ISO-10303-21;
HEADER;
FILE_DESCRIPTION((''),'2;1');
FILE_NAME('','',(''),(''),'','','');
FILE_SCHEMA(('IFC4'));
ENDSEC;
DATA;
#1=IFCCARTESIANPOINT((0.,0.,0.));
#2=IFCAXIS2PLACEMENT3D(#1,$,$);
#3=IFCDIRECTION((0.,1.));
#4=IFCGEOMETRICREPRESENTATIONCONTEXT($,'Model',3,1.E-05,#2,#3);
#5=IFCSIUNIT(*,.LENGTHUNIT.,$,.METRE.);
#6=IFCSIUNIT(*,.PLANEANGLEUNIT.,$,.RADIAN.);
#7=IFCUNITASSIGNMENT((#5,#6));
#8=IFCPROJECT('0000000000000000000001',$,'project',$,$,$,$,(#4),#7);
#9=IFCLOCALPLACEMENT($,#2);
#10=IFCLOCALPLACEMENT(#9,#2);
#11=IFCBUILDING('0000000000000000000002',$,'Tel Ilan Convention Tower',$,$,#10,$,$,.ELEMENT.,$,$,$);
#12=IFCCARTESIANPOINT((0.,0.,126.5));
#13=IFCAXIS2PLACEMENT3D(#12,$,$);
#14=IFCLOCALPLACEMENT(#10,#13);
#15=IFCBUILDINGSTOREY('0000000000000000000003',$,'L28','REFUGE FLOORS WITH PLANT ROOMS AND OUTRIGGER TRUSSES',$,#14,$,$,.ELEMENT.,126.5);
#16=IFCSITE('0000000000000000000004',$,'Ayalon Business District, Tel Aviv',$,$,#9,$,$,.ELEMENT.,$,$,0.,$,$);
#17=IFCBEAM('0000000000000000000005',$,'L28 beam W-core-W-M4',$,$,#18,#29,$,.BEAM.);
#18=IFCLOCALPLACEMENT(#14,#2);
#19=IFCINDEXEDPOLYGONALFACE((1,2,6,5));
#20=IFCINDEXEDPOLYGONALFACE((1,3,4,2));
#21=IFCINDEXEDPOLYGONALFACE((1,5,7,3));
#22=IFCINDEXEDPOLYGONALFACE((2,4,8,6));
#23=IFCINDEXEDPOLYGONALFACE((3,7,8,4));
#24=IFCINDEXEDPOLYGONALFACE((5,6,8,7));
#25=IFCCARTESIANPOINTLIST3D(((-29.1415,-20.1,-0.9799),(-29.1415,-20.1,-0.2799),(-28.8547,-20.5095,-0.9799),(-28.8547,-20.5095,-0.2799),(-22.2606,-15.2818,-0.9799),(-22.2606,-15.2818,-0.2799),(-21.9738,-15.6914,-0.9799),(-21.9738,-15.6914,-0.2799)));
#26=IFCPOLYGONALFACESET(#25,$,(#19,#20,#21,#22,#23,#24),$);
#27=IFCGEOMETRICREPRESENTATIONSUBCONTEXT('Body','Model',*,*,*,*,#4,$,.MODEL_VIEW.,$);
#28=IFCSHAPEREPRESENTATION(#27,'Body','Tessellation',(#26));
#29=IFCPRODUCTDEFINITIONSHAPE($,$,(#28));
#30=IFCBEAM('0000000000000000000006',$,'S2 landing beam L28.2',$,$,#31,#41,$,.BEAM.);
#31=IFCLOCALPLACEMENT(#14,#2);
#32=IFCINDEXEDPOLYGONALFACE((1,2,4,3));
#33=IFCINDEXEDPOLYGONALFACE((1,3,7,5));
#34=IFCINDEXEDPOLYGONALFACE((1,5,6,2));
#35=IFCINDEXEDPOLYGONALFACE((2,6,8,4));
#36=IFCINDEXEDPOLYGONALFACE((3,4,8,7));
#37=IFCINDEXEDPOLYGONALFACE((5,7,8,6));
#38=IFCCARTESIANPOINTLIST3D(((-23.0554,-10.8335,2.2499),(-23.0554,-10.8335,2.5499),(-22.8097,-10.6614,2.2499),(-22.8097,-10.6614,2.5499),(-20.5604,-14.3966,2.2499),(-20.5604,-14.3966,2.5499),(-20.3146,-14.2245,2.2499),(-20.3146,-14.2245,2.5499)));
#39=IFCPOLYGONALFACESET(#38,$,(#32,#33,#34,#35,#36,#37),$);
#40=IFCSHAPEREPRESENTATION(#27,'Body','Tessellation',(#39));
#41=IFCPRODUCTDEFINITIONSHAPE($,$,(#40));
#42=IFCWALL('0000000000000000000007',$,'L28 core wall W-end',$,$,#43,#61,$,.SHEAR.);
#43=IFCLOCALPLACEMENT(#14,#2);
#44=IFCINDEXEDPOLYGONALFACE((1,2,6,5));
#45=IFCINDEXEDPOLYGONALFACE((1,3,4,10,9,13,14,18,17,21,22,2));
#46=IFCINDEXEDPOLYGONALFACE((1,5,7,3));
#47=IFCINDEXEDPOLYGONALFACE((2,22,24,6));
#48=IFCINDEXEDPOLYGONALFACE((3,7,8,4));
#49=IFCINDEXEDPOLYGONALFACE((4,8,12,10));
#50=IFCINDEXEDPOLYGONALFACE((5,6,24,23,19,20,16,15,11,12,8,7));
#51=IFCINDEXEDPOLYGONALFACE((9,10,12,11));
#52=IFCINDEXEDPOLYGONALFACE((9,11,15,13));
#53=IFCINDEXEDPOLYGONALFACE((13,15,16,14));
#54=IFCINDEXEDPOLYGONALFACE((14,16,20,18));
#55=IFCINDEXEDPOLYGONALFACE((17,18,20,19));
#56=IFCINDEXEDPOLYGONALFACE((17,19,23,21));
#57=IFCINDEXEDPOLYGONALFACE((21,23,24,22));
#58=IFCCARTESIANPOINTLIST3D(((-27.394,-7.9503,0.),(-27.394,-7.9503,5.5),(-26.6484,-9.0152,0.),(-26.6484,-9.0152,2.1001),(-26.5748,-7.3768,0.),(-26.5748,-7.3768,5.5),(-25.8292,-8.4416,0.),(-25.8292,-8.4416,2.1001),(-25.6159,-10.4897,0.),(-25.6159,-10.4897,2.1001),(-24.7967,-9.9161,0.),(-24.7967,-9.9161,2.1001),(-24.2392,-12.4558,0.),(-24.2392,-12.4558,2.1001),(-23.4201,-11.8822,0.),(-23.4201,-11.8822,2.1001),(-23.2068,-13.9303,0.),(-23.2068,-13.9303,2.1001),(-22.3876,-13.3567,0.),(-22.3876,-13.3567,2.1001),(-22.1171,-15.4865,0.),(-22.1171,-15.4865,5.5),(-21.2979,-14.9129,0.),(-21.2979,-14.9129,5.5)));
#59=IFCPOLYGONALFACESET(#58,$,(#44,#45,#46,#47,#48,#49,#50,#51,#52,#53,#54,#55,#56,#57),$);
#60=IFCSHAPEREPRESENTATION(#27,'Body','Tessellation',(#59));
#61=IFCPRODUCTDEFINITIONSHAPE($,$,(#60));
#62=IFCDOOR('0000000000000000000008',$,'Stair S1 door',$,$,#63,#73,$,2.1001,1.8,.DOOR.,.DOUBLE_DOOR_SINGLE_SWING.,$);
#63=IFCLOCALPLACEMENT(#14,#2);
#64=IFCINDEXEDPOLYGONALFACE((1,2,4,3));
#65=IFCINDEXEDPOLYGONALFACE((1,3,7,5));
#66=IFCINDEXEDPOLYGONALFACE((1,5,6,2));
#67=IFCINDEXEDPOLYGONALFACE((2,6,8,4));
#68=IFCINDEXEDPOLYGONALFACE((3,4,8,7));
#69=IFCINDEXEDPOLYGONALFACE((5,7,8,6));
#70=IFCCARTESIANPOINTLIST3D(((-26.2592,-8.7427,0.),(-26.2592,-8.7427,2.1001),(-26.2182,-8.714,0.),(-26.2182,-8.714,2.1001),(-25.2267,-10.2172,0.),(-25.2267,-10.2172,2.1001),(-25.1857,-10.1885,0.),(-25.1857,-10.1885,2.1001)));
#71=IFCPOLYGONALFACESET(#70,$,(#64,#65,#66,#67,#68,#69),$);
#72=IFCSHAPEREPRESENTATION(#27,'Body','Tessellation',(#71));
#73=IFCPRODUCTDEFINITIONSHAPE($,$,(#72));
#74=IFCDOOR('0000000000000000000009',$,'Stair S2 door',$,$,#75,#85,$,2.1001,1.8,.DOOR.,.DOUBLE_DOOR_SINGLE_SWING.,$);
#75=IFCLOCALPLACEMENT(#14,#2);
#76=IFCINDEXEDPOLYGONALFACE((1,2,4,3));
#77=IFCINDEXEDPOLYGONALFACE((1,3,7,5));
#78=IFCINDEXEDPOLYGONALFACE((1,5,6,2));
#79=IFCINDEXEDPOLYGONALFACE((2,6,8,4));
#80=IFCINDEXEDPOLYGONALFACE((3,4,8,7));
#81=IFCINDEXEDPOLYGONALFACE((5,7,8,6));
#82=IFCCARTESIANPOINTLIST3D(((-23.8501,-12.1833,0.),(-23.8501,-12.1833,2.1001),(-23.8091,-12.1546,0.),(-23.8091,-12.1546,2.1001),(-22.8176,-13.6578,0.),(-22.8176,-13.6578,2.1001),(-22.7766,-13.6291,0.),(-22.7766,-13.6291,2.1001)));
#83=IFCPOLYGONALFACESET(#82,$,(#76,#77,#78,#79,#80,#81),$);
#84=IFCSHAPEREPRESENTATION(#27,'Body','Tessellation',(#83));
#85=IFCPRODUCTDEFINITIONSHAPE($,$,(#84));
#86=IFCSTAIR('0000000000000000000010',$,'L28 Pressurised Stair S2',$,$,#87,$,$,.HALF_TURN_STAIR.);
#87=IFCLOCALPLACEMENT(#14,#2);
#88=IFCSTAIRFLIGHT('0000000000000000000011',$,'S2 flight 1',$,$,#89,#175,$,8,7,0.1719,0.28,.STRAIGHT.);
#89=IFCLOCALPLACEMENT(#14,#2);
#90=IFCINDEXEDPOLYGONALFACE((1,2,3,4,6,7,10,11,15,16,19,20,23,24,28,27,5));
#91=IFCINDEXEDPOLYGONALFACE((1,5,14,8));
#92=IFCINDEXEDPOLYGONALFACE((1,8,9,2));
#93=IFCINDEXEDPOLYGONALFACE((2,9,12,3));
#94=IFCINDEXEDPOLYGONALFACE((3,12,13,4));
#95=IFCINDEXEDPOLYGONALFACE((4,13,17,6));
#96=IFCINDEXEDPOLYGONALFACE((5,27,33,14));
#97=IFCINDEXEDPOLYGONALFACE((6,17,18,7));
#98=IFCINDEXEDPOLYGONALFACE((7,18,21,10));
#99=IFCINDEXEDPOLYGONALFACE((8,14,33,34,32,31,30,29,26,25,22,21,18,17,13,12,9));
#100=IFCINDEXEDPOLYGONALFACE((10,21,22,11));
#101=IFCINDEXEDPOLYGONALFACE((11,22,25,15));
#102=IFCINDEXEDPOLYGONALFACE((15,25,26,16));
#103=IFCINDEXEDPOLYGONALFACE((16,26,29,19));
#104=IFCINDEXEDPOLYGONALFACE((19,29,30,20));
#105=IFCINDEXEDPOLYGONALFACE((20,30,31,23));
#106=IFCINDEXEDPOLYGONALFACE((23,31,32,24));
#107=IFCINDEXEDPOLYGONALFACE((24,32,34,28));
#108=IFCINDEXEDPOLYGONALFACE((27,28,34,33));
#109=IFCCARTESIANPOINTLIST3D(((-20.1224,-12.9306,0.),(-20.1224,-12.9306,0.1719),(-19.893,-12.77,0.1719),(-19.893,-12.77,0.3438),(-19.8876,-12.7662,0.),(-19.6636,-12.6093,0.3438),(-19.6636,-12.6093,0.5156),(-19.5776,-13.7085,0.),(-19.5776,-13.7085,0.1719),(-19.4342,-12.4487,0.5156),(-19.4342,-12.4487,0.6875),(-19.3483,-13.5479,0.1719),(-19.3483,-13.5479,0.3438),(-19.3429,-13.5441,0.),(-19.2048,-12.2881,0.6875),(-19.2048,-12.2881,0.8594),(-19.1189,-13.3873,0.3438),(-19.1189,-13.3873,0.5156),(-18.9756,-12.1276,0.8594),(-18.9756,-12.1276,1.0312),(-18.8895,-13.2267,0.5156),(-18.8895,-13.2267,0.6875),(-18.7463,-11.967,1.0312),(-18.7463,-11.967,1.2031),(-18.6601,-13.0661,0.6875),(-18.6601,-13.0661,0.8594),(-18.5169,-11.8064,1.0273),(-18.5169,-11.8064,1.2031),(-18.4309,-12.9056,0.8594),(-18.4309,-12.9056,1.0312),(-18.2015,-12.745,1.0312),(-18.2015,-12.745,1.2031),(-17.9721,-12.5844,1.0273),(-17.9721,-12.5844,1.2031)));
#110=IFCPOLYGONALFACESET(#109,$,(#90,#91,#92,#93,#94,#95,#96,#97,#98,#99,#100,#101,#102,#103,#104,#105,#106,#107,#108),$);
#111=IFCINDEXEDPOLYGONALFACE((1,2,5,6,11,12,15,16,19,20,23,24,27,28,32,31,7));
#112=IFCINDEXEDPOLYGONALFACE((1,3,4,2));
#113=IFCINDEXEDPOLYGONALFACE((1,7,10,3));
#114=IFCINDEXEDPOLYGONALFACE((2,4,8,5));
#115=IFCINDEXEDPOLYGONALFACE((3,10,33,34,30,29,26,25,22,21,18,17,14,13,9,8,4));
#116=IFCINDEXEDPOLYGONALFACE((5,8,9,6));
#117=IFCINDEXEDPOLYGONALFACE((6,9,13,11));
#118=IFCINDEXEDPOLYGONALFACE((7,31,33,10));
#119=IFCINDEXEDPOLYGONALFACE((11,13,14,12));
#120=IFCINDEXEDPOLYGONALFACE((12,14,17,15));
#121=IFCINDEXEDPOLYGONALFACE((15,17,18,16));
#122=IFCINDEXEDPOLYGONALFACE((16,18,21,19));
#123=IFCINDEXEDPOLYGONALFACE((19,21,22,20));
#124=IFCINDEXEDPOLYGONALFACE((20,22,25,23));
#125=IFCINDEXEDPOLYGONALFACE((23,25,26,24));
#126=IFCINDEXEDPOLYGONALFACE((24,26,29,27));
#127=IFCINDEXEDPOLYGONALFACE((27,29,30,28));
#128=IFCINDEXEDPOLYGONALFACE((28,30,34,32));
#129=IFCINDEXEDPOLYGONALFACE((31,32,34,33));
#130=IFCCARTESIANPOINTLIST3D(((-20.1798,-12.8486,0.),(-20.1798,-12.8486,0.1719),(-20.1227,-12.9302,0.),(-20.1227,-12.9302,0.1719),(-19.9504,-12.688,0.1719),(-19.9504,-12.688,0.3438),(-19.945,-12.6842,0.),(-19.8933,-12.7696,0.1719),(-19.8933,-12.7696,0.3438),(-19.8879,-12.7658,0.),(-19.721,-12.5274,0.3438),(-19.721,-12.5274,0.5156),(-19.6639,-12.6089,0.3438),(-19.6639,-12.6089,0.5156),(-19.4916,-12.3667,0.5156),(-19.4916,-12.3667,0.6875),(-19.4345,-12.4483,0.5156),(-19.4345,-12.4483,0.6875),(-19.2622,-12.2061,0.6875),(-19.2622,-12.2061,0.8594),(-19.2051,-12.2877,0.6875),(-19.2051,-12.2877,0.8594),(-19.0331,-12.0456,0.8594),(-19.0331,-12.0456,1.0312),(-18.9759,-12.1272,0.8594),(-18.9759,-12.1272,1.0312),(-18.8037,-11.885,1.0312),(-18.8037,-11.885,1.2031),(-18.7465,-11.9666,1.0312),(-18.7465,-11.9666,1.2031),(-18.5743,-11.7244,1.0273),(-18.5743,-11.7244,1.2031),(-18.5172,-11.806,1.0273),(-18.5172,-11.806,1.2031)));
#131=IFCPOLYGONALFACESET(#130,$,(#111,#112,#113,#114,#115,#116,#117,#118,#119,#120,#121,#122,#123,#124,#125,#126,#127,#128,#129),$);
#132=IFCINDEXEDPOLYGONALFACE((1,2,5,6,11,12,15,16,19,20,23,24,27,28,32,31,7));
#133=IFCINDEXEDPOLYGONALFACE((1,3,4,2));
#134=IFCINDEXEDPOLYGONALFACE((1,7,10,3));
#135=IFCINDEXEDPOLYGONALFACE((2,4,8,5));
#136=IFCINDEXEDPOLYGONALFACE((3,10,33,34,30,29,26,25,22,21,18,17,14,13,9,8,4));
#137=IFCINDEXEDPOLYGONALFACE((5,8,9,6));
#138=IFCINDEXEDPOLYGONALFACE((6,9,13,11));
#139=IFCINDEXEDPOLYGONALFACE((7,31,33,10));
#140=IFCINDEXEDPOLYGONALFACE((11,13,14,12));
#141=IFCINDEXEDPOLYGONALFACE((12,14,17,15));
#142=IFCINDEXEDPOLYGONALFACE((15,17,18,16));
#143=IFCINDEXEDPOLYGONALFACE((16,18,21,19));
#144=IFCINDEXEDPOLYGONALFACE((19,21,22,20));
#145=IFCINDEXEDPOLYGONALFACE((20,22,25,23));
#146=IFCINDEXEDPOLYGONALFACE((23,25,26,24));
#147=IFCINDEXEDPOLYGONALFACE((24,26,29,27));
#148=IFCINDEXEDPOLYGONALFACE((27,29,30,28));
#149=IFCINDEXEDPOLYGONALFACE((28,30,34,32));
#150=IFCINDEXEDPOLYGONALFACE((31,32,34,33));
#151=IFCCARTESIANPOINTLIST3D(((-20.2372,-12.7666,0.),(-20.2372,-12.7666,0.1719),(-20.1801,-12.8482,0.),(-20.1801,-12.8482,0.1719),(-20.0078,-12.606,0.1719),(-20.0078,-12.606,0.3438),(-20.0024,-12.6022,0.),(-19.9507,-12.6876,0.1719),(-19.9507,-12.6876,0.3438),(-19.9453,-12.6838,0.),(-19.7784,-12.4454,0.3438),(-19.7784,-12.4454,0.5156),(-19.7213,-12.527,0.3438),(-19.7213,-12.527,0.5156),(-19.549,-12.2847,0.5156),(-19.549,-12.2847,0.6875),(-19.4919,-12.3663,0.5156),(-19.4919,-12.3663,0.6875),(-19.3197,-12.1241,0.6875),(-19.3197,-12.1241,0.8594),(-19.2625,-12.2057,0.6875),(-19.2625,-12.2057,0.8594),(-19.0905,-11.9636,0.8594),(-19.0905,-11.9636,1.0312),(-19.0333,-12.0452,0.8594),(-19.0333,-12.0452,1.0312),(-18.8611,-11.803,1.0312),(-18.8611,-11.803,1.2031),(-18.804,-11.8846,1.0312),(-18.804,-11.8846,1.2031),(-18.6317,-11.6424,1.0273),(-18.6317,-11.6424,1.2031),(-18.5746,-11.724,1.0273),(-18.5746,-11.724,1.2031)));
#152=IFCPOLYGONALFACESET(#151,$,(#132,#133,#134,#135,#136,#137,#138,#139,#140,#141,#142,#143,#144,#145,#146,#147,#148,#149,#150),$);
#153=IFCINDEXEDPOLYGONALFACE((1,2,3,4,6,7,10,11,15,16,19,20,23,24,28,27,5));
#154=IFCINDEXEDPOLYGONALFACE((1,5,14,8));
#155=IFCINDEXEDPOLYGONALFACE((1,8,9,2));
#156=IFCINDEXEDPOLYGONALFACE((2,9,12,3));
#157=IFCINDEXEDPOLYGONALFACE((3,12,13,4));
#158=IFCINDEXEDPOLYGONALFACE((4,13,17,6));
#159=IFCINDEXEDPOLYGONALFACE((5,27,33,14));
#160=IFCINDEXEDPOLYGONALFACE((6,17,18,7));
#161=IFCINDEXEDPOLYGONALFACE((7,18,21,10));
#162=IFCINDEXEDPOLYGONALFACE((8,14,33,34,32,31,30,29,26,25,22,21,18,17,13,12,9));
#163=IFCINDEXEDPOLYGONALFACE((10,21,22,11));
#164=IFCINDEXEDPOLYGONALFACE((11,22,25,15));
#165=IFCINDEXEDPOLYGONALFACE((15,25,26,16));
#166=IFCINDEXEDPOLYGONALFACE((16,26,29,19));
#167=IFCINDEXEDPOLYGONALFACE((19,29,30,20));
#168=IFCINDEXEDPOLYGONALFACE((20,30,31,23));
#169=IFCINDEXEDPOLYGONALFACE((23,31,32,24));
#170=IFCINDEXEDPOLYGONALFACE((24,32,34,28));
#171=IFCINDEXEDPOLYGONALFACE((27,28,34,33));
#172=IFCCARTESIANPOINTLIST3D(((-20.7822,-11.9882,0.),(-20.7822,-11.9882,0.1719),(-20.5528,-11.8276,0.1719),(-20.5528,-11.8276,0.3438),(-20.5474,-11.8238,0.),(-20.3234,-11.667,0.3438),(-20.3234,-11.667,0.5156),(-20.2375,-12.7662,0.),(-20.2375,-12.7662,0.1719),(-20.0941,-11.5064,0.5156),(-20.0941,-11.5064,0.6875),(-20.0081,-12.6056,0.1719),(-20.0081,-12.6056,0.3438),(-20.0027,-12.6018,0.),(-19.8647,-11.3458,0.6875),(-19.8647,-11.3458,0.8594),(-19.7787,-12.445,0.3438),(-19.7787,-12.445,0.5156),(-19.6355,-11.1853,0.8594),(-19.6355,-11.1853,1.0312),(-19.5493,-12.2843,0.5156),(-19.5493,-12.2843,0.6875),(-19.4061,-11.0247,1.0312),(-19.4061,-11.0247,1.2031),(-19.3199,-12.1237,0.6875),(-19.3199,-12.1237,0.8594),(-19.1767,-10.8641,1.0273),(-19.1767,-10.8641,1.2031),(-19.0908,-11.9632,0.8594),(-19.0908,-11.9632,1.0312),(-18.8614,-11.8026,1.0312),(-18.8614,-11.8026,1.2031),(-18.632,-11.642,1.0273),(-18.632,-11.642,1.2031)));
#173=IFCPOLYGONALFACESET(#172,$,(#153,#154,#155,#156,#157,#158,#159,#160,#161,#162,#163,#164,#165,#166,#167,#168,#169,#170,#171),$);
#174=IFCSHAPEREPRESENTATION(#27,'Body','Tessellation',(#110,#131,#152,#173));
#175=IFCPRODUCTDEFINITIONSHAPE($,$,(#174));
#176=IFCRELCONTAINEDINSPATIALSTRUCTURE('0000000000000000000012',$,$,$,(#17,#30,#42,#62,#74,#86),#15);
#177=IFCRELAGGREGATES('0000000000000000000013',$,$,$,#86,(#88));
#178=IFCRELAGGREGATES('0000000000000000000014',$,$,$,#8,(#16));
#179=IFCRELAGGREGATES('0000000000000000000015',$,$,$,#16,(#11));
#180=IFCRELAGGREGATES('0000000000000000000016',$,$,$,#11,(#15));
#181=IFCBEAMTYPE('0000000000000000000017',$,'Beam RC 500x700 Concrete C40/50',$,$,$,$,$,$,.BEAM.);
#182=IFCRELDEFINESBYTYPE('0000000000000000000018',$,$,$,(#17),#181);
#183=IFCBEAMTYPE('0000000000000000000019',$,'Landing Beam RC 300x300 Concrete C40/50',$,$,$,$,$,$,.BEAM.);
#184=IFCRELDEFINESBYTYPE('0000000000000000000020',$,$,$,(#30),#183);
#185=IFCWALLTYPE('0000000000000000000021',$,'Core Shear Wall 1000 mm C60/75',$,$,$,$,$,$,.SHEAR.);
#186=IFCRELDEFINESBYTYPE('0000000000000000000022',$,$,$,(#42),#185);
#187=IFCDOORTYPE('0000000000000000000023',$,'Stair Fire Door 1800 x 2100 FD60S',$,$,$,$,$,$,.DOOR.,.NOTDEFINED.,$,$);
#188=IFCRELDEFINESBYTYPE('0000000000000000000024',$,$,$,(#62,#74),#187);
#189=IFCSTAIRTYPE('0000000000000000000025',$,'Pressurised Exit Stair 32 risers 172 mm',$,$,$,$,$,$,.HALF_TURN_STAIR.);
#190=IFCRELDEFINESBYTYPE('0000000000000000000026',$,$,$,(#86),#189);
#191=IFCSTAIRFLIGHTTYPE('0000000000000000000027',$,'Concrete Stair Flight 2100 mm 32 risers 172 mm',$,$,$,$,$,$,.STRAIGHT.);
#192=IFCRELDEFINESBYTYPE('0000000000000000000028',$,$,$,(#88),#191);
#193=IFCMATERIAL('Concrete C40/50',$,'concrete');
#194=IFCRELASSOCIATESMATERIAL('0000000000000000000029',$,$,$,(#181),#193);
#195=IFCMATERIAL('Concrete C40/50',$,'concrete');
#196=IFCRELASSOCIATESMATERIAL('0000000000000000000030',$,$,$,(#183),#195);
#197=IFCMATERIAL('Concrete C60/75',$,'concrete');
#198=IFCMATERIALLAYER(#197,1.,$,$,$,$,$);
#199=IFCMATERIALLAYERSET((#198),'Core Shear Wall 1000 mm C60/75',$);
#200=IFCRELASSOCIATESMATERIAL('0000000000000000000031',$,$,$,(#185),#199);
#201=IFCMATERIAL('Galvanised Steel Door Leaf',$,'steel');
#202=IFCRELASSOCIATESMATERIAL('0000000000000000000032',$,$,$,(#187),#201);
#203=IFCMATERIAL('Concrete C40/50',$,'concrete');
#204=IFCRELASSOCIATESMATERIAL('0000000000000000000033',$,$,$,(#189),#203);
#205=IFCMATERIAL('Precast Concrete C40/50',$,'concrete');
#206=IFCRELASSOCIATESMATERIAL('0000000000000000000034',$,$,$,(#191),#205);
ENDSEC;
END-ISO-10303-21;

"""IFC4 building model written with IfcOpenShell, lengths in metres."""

from ifc_helpers import new_model, si_unit, direction, frame, frame_2d, origin, origin_2d, place, context, subcontext, project, spatial, polyline, rectangle, outline, extrude, material, layer, layer_set, material_profile, profile_set, type_object, element, fill, aggregate, save


model = new_model("IFC4")

# Units and contexts
model_context = context("Model", 3, precision=1e-05, world=origin(), true_north=direction((0.0, 1.0)))
body_context = subcontext(model_context, "Body", "Model", "MODEL_VIEW")
ifc_project = project(units=[si_unit("LENGTHUNIT", "METRE"), si_unit("PLANEANGLEUNIT", "RADIAN")], contexts=[model_context])

# Site, building, storey
site_placement = place(None, origin())
site = spatial("IfcSite", under=ifc_project, at=site_placement, Name="Ayalon Business District, Tel Aviv", CompositionType="ELEMENT", RefElevation=0.0)
building_placement = place(site_placement, origin())
building = spatial("IfcBuilding", under=site, at=building_placement, Name="Tel Ilan Convention Tower", CompositionType="ELEMENT")
storey_placement = place(building_placement, frame((0.0, 0.0, 126.5)))
storey = spatial("IfcBuildingStorey", under=building, at=storey_placement, Name="L28", Description="REFUGE FLOORS WITH PLANT ROOMS AND OUTRIGGER TRUSSES", CompositionType="ELEMENT", Elevation=126.5)

# Beams
ifc_material_1 = material(Name="Concrete C40/50", Category="concrete")
ifc_material_profile_1 = material_profile(ifc_material_1, rectangle(XDim=0.5, YDim=0.7, at=origin_2d()), Name="RC 500x700")
ifc_profile_set_1 = profile_set([ifc_material_profile_1], Name="Concrete C40/50")
beam_type_1 = type_object("IfcBeamType", Name="Beam RC 500x700 Concrete C40/50", PredefinedType="BEAM", material=ifc_profile_set_1)
beam_1_placement = place(storey_placement, frame((-22.1172, -15.4866, -0.6299), z_axis=(-0.819147, -0.573583, 0.0), x_axis=(0.573583, -0.819147, 0.0)))
element("IfcBeam", 1, at=beam_1_placement, inside=storey, type_object=beam_type_1, Name="L28 beam W-core-W-M4", PredefinedType="BEAM", context=body_context, shape_type="SweptSolid", body=[
    extrude(rectangle(XDim=0.5, YDim=0.7, at=origin_2d()), origin(), (0.0, 0.0, 1.0), 8.4001),
])
ifc_material_2 = material(Name="Concrete C40/50", Category="concrete")
ifc_material_profile_2 = material_profile(ifc_material_2, rectangle(XDim=0.3, YDim=0.3, at=origin_2d()), Name="RC 300x300")
ifc_profile_set_2 = profile_set([ifc_material_profile_2], Name="Concrete C40/50")
beam_type_2 = type_object("IfcBeamType", Name="Landing Beam RC 300x300 Concrete C40/50", PredefinedType="BEAM", material=ifc_profile_set_2)
beam_2_placement = place(storey_placement, frame((-20.4375, -14.3105, 2.3999), z_axis=(-0.573594, 0.81914, 0.0), x_axis=(-0.81914, -0.573594, 0.0)))
element("IfcBeam", 2, at=beam_2_placement, inside=storey, type_object=beam_type_2, Name="S2 landing beam L28.2", PredefinedType="BEAM", context=body_context, shape_type="SweptSolid", body=[
    extrude(rectangle(XDim=0.3, YDim=0.3, at=origin_2d()), origin(), (0.0, 0.0, 1.0), 4.3499),
])

# Wall, openings, doors
ifc_material_3 = material(Name="Concrete C60/75", Category="concrete")
ifc_layer_1 = layer(ifc_material_3, 1.0)
ifc_layer_set_1 = layer_set([ifc_layer_1], Name="Core Shear Wall 1000 mm C60/75")
wall_type = type_object("IfcWallType", Name="Core Shear Wall 1000 mm C60/75", PredefinedType="SHEAR", material=ifc_layer_set_1)
wall_placement = place(storey_placement, frame((-21.7075, -15.1997, 0.0), z_axis=(0.0, 0.0, 1.0), x_axis=(-0.573576, 0.819152, 0.0)))
wall = element("IfcWall", 3, at=wall_placement, inside=storey, type_object=wall_type, Name="L28 core wall W-end", PredefinedType="SHEAR", context=body_context, shape_type="SweptSolid", body=[
    extrude(outline(polyline([(0.0, 0.5), (0.0, -0.5), (9.2, -0.5), (9.2, 0.5), (0.0, 0.5)])), origin(), (0.0, 0.0, 1.0), 5.5),
])
opening_1_placement = place(wall_placement, frame((6.1001, 0.0, 0.0)))
opening_1 = element("IfcOpeningElement", 4, at=opening_1_placement, cuts=wall, PredefinedType="OPENING", context=body_context, shape_type="SweptSolid", body=[
    extrude(rectangle(XDim=1.8, YDim=2.1001, at=frame_2d((0.8999, 1.05))), frame((0.0, 0.51, 0.0), z_axis=(0.0, -1.0, 0.0), x_axis=(1.0, 0.0, 0.0)), (0.0, 0.0, 1.0), 1.02),
])
opening_2_placement = place(wall_placement, frame((1.8999, 0.0, 0.0)))
opening_2 = element("IfcOpeningElement", 5, at=opening_2_placement, cuts=wall, PredefinedType="OPENING", context=body_context, shape_type="SweptSolid", body=[
    extrude(rectangle(XDim=1.8, YDim=2.1001, at=frame_2d((0.8999, 1.05))), frame((0.0, 0.51, 0.0), z_axis=(0.0, -1.0, 0.0), x_axis=(1.0, 0.0, 0.0)), (0.0, 0.0, 1.0), 1.02),
])
ifc_material_4 = material(Name="Galvanised Steel Door Leaf", Category="steel")
door_type = type_object("IfcDoorType", Name="Stair Fire Door 1800 x 2100 FD60S", OperationType="NOTDEFINED", PredefinedType="DOOR", material=ifc_material_4)
door_1_placement = place(opening_1_placement, origin())
door_1 = element("IfcDoor", 6, at=door_1_placement, inside=storey, type_object=door_type, Name="Stair S1 door", OperationType="DOUBLE_DOOR_SINGLE_SWING", OverallHeight=2.1001, OverallWidth=1.8, PredefinedType="DOOR", context=body_context, shape_type="SweptSolid", body=[
    extrude(rectangle(XDim=1.8, YDim=2.1001, at=frame_2d((0.8999, 1.05))), frame((0.0, 0.0249, 0.0), z_axis=(0.0, -1.0, 0.0), x_axis=(1.0, 0.0, 0.0)), (0.0, 0.0, 1.0), 0.05),
])
fill(opening_1, door_1)
door_2_placement = place(opening_2_placement, origin())
door_2 = element("IfcDoor", 7, at=door_2_placement, inside=storey, type_object=door_type, Name="Stair S2 door", OperationType="DOUBLE_DOOR_SINGLE_SWING", OverallHeight=2.1001, OverallWidth=1.8, PredefinedType="DOOR", context=body_context, shape_type="SweptSolid", body=[
    extrude(rectangle(XDim=1.8, YDim=2.1001, at=frame_2d((0.8999, 1.05))), frame((0.0, 0.0249, 0.0), z_axis=(0.0, -1.0, 0.0), x_axis=(1.0, 0.0, 0.0)), (0.0, 0.0, 1.0), 0.05),
])
fill(opening_2, door_2)

# Stair, stair flight
ifc_material_5 = material(Name="Concrete C40/50", Category="concrete")
stair_type = type_object("IfcStairType", Name="Pressurised Exit Stair 32 risers 172 mm", PredefinedType="HALF_TURN_STAIR", material=ifc_material_5)
stair_placement = place(storey_placement, origin())
stair = element("IfcStair", 8, at=stair_placement, inside=storey, type_object=stair_type, Name="L28 Pressurised Stair S2", PredefinedType="HALF_TURN_STAIR")
ifc_material_6 = material(Name="Precast Concrete C40/50", Category="concrete")
stair_flight_type = type_object("IfcStairFlightType", Name="Concrete Stair Flight 2100 mm 32 risers 172 mm", PredefinedType="STRAIGHT", material=ifc_material_6)
stair_flight_1_placement = place(storey_placement, frame((-20.1799, -12.8484, 0.0), z_axis=(0.0, 0.0, 1.0), x_axis=(0.819152, 0.573576, 0.0)))
stair_flight_1 = element("IfcStairFlight", 9, at=stair_flight_1_placement, type_object=stair_flight_type, Name="S2 flight 1", NumberOfRisers=8, NumberOfTreads=7, PredefinedType="STRAIGHT", RiserHeight=0.1719, TreadLength=0.28, context=body_context, shape_type="SweptSolid", body=[
    extrude(outline(polyline([(0.0, 0.0), (0.0, 0.1719), (0.28, 0.1719), (0.28, 0.3438), (0.5601, 0.3438), (0.5601, 0.5156), (0.8401, 0.5156), (0.8401, 0.6875), (1.1201, 0.6875), (1.1201, 0.8594), (1.3999, 0.8594), (1.3999, 1.0312), (1.6799, 1.0312), (1.6799, 1.2031), (1.96, 1.2031), (1.96, 1.375), (1.96, 1.0273), (0.2866, 0.0), (0.0, 0.0)])), frame((0.0, -0.1003, 0.0), z_axis=(0.0, -1.0, 0.0), x_axis=(1.0, 0.0, 0.0)), (0.0, 0.0, 1.0), 0.9497),
    extrude(outline(polyline([(0.0, 0.0), (0.0, 0.1719), (0.28, 0.1719), (0.28, 0.3438), (0.5601, 0.3438), (0.5601, 0.5156), (0.8401, 0.5156), (0.8401, 0.6875), (1.1201, 0.6875), (1.1201, 0.8594), (1.3999, 0.8594), (1.3999, 1.0312), (1.6799, 1.0312), (1.6799, 1.2031), (1.96, 1.2031), (1.96, 1.375), (1.96, 1.0273), (0.2866, 0.0), (0.0, 0.0)])), frame((0.0, -0.0002, 0.0), z_axis=(0.0, -1.0, 0.0), x_axis=(1.0, 0.0, 0.0)), (0.0, 0.0, 1.0), 0.0996),
    extrude(outline(polyline([(0.0, 0.0), (0.0, 0.1719), (0.28, 0.1719), (0.28, 0.3438), (0.5601, 0.3438), (0.5601, 0.5156), (0.8401, 0.5156), (0.8401, 0.6875), (1.1201, 0.6875), (1.1201, 0.8594), (1.3999, 0.8594), (1.3999, 1.0312), (1.6799, 1.0312), (1.6799, 1.2031), (1.96, 1.2031), (1.96, 1.375), (1.96, 1.0273), (0.2866, 0.0), (0.0, 0.0)])), frame((0.0, 0.0999, 0.0), z_axis=(0.0, -1.0, 0.0), x_axis=(1.0, 0.0, 0.0)), (0.0, 0.0, 1.0), 0.0996),
    extrude(outline(polyline([(0.0, 0.0), (0.0, 0.1719), (0.28, 0.1719), (0.28, 0.3438), (0.5601, 0.3438), (0.5601, 0.5156), (0.8401, 0.5156), (0.8401, 0.6875), (1.1201, 0.6875), (1.1201, 0.8594), (1.3999, 0.8594), (1.3999, 1.0312), (1.6799, 1.0312), (1.6799, 1.2031), (1.96, 1.2031), (1.96, 1.375), (1.96, 1.0273), (0.2866, 0.0), (0.0, 0.0)])), frame((0.0, 1.05, 0.0), z_axis=(0.0, -1.0, 0.0), x_axis=(1.0, 0.0, 0.0)), (0.0, 0.0, 1.0), 0.9497),
])
aggregate(stair, [stair_flight_1])

save(model, "model.ifc")
